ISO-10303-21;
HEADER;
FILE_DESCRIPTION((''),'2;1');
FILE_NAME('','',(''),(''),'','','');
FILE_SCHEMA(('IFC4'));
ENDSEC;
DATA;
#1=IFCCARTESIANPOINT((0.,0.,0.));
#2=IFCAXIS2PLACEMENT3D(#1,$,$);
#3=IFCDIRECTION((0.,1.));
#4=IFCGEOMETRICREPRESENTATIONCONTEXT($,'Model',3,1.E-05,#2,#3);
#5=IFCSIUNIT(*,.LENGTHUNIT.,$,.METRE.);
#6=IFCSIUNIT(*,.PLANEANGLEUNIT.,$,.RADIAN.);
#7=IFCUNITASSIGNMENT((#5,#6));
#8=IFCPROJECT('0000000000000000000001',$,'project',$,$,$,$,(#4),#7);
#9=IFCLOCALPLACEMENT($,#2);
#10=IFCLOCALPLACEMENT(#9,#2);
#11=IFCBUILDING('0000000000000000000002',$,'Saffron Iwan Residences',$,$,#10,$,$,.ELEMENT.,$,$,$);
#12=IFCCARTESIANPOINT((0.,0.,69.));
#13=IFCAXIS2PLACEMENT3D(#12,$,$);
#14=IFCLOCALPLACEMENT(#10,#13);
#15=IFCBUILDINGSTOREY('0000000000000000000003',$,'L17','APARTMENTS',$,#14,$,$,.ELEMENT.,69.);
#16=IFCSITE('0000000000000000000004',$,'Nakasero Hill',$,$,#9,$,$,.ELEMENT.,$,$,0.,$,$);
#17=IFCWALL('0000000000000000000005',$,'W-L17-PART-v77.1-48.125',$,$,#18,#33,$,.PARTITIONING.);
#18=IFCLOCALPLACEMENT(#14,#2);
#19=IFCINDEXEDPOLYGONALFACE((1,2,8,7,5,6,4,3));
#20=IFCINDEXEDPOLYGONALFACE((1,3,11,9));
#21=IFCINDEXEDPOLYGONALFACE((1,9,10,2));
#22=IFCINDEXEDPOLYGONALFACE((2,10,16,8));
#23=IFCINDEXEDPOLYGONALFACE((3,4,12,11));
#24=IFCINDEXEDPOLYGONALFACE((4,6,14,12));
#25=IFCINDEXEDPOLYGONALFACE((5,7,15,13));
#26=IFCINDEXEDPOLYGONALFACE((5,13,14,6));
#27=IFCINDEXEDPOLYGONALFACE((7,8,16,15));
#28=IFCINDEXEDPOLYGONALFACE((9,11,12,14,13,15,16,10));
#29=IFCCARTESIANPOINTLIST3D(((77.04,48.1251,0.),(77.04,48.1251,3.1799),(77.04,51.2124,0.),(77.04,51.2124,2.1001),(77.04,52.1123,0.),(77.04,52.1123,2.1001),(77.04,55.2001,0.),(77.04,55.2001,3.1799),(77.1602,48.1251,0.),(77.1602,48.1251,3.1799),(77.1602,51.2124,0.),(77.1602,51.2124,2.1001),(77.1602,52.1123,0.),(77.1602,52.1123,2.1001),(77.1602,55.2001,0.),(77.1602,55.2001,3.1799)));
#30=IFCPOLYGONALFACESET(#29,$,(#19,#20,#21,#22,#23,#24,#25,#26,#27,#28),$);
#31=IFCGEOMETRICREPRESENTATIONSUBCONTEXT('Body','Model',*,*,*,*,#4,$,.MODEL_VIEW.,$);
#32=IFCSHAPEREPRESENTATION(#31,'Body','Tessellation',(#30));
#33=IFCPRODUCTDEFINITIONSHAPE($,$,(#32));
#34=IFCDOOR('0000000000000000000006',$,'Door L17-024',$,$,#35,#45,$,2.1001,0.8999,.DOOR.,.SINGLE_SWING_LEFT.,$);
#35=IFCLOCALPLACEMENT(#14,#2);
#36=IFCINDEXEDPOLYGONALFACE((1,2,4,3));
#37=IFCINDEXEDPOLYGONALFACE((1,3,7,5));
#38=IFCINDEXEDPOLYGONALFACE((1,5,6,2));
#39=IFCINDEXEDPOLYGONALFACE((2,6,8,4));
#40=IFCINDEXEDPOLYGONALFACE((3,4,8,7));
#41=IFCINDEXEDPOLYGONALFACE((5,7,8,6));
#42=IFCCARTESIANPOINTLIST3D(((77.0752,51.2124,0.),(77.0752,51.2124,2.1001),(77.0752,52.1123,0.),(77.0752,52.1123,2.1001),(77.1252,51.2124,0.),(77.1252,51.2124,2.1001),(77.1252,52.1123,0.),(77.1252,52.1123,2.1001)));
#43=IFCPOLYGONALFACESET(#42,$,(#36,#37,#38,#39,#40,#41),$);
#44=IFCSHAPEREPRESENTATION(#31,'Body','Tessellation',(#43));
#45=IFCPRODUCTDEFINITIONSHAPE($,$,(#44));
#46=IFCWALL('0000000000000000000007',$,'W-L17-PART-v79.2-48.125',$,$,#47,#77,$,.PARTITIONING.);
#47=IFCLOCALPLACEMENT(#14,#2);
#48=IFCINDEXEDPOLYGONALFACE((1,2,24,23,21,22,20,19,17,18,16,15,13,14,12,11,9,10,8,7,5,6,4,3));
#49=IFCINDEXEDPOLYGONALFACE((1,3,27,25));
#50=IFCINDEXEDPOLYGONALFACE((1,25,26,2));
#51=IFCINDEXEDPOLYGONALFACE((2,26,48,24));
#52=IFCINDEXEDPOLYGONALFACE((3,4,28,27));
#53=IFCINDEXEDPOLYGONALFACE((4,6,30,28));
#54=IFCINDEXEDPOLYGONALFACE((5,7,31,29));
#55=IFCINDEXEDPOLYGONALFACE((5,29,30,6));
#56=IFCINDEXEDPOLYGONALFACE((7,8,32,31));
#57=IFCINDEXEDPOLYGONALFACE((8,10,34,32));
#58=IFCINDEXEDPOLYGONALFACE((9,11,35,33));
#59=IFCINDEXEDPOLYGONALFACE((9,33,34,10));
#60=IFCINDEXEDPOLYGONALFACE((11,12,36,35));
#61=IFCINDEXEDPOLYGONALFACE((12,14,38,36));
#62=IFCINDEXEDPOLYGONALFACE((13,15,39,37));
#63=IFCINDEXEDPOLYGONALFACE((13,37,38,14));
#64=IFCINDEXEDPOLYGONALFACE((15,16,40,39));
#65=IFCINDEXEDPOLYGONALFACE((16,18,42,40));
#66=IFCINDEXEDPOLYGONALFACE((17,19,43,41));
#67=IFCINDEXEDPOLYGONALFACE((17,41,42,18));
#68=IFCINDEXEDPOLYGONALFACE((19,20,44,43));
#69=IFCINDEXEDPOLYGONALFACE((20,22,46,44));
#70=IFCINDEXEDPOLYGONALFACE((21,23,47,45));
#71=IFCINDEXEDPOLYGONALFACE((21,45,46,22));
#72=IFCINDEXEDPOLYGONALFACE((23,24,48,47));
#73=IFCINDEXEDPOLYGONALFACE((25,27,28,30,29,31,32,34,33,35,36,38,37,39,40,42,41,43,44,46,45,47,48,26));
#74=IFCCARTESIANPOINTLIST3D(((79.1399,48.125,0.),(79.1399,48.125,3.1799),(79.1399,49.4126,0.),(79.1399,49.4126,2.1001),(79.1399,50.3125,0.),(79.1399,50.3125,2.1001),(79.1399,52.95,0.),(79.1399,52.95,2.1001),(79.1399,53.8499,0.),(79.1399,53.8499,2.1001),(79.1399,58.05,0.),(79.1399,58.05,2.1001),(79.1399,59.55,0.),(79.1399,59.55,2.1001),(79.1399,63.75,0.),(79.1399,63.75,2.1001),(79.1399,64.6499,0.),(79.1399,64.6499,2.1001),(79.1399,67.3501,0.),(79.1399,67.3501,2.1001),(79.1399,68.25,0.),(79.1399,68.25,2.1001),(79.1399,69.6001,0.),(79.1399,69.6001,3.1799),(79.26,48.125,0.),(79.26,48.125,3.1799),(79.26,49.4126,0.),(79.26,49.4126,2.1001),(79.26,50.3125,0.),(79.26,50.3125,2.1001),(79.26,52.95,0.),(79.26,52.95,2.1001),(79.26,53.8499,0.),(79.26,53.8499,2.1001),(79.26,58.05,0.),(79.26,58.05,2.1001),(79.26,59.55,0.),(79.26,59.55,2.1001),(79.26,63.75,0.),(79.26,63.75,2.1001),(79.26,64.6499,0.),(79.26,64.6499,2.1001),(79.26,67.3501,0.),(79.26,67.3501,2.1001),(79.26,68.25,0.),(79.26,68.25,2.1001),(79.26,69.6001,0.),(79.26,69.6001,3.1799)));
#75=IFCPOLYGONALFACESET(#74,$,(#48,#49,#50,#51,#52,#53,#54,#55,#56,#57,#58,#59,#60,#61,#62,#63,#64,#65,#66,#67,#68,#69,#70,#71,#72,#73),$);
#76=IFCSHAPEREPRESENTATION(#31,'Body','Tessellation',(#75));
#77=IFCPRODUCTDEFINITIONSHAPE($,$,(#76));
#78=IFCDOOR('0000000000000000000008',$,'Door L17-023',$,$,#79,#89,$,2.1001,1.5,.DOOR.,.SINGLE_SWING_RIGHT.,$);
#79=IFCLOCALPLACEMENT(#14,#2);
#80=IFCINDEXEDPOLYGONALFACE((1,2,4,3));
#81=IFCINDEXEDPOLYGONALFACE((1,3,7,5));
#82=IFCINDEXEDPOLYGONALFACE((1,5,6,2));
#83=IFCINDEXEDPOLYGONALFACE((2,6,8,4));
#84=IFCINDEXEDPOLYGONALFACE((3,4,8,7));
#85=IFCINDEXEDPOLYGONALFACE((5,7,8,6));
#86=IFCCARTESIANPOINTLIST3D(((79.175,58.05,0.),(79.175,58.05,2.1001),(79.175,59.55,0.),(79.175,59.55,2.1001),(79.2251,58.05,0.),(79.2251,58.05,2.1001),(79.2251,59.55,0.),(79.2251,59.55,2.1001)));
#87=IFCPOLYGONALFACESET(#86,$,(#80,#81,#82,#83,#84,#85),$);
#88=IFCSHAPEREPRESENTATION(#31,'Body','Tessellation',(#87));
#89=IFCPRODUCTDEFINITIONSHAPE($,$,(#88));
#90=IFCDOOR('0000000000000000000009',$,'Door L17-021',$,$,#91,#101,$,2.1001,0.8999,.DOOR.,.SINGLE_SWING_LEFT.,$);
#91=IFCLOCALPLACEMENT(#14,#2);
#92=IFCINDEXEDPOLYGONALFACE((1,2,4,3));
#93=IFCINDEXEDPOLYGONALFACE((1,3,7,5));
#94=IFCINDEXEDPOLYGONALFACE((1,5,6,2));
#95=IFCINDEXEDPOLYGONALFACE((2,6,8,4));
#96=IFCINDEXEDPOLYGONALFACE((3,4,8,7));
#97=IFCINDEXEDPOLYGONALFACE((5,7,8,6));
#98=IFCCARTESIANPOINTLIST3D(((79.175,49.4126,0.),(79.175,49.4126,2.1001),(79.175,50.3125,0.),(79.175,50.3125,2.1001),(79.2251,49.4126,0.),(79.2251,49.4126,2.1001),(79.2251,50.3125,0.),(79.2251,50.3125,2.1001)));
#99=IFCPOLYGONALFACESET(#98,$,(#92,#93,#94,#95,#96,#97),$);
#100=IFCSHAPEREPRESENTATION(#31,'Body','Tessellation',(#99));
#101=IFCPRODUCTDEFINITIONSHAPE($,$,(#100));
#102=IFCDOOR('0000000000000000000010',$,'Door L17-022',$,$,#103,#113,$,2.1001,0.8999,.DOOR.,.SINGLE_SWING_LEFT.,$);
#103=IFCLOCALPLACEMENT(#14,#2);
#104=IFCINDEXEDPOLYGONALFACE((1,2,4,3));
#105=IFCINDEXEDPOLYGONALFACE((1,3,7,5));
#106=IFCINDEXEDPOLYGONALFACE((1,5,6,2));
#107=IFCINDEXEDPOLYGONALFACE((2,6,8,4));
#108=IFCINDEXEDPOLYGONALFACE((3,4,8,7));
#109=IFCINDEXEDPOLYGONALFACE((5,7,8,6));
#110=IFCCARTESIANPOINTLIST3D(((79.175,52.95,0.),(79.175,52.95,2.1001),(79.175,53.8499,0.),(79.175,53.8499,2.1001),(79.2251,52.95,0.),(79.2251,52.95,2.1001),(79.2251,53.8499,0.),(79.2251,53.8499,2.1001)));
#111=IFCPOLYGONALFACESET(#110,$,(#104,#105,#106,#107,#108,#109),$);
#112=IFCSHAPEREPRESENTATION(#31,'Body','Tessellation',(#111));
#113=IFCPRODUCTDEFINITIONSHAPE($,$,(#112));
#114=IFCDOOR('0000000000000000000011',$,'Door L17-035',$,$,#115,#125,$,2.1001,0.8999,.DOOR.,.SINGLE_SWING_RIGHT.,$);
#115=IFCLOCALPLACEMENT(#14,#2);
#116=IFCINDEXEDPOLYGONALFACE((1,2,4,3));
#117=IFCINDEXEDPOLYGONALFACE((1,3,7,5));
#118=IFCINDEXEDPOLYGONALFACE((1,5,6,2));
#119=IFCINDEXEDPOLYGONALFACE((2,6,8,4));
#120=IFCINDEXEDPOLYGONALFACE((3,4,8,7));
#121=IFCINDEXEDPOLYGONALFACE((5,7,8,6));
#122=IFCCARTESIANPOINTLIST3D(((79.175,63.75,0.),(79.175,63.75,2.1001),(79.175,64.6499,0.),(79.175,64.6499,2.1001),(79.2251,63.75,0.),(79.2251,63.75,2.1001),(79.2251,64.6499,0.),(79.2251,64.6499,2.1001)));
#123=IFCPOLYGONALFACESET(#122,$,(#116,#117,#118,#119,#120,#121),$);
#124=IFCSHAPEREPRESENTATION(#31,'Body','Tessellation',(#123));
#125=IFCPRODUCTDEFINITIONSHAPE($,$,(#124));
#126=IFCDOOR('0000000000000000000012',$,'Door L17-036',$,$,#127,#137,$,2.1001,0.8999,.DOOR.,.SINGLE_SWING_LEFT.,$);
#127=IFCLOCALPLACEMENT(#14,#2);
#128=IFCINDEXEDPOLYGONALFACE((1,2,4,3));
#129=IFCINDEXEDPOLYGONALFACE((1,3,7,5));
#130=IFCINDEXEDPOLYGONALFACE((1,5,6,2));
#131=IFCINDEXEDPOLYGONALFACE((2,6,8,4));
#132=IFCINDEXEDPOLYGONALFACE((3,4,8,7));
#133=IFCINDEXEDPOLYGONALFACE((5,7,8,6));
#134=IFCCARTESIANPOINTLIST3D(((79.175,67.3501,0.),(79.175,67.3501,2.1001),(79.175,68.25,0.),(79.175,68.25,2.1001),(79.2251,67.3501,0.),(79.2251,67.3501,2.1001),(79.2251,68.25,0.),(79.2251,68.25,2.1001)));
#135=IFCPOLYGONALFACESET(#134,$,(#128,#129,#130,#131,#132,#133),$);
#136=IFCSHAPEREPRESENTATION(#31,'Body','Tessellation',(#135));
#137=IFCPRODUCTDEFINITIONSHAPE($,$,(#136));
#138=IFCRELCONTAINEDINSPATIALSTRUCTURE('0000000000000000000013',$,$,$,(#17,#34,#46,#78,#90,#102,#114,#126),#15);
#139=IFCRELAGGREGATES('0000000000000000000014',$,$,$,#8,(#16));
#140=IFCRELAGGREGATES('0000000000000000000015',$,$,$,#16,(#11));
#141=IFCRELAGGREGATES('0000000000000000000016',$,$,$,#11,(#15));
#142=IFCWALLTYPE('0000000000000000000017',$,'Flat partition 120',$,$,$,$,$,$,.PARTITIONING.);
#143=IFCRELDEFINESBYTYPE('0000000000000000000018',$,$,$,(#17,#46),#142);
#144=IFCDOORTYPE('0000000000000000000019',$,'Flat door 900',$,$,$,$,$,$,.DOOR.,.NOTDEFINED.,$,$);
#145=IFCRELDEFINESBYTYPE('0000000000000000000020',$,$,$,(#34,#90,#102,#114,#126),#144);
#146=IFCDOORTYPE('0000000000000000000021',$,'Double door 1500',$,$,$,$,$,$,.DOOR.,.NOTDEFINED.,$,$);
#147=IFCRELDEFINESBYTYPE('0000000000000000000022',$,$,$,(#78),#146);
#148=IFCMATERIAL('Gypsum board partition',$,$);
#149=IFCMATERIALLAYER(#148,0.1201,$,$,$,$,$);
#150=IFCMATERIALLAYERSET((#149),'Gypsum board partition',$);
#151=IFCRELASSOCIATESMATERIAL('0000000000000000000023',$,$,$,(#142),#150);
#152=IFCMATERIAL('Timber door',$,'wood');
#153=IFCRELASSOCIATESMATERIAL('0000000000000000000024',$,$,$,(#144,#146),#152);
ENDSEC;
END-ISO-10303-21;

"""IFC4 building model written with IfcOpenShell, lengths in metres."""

from ifc_helpers import new_model, si_unit, direction, frame, frame_2d, origin, place, context, subcontext, project, spatial, rectangle, extrude, material, layer, layer_set, type_object, element, fill, save


model = new_model("IFC4")

# Units and contexts
model_context = context("Model", 3, precision=1e-05, world=origin(), true_north=direction((0.0, 1.0)))
body_context = subcontext(model_context, "Body", "Model", "MODEL_VIEW")
ifc_project = project(units=[si_unit("LENGTHUNIT", "METRE"), si_unit("PLANEANGLEUNIT", "RADIAN")], contexts=[model_context])

# Site, building, storey
site_placement = place(None, origin())
site = spatial("IfcSite", under=ifc_project, at=site_placement, Name="Nakasero Hill", CompositionType="ELEMENT", RefElevation=0.0)
building_placement = place(site_placement, origin())
building = spatial("IfcBuilding", under=site, at=building_placement, Name="Saffron Iwan Residences", CompositionType="ELEMENT")
storey_placement = place(building_placement, frame((0.0, 0.0, 69.0)))
storey = spatial("IfcBuildingStorey", under=building, at=storey_placement, Name="L17", Description="APARTMENTS", CompositionType="ELEMENT", Elevation=69.0)

# Shared definitions
ifc_material_1 = material(Name="Gypsum board partition")
ifc_layer_1 = layer(ifc_material_1, 0.1201)
ifc_layer_set_1 = layer_set([ifc_layer_1], Name="Gypsum board partition")
wall_type_1 = type_object("IfcWallType", Name="Flat partition 120", PredefinedType="PARTITIONING", material=ifc_layer_set_1)
ifc_material_2 = material(Name="Timber door", Category="wood")
door_type_1 = type_object("IfcDoorType", Name="Flat door 900", OperationType="NOTDEFINED", PredefinedType="DOOR", material=ifc_material_2)

# Wall, opening, door
wall_1_placement = place(storey_placement, frame((77.1001, 48.125, 0.0), z_axis=(0.0, 0.0, 1.0), x_axis=(0.0, 1.0, 0.0)))
wall_1 = element("IfcWall", 1, at=wall_1_placement, inside=storey, type_object=wall_type_1, Name="W-L17-PART-v77.1-48.125", PredefinedType="PARTITIONING", context=body_context, shape_type="SweptSolid", body=[
    extrude(rectangle(XDim=7.075, YDim=0.1201, at=frame_2d((3.5376, 0.0))), origin(), (0.0, 0.0, 1.0), 3.1799),
])
opening_1_placement = place(wall_1_placement, frame((3.0874, 0.0, 0.0)))
opening_1 = element("IfcOpeningElement", 2, at=opening_1_placement, cuts=wall_1, PredefinedType="OPENING", context=body_context, shape_type="SweptSolid", body=[
    extrude(rectangle(XDim=0.8999, YDim=2.1001, at=frame_2d((0.45, 1.05))), frame((0.0, 0.0701, 0.0), z_axis=(0.0, -1.0, 0.0), x_axis=(1.0, 0.0, 0.0)), (0.0, 0.0, 1.0), 0.1401),
])
door_1_placement = place(opening_1_placement, origin())
door_1 = element("IfcDoor", 3, at=door_1_placement, inside=storey, type_object=door_type_1, Name="Door L17-024", OperationType="SINGLE_SWING_LEFT", OverallHeight=2.1001, OverallWidth=0.8999, PredefinedType="DOOR", context=body_context, shape_type="SweptSolid", body=[
    extrude(rectangle(XDim=0.8999, YDim=2.1001, at=frame_2d((0.45, 1.05))), frame((0.0, 0.0249, 0.0), z_axis=(0.0, -1.0, 0.0), x_axis=(1.0, 0.0, 0.0)), (0.0, 0.0, 1.0), 0.05),
])
fill(opening_1, door_1)

# Wall, openings, doors
wall_2_placement = place(storey_placement, frame((79.2, 48.125, 0.0), z_axis=(0.0, 0.0, 1.0), x_axis=(0.0, 1.0, 0.0)))
wall_2 = element("IfcWall", 4, at=wall_2_placement, inside=storey, type_object=wall_type_1, Name="W-L17-PART-v79.2-48.125", PredefinedType="PARTITIONING", context=body_context, shape_type="SweptSolid", body=[
    extrude(rectangle(XDim=21.4751, YDim=0.1201, at=frame_2d((10.7375, 0.0))), origin(), (0.0, 0.0, 1.0), 3.1799),
])
opening_2_placement = place(wall_2_placement, frame((1.2876, 0.0, 0.0)))
opening_2 = element("IfcOpeningElement", 5, at=opening_2_placement, cuts=wall_2, PredefinedType="OPENING", context=body_context, shape_type="SweptSolid", body=[
    extrude(rectangle(XDim=0.8999, YDim=2.1001, at=frame_2d((0.45, 1.05))), frame((0.0, 0.0701, 0.0), z_axis=(0.0, -1.0, 0.0), x_axis=(1.0, 0.0, 0.0)), (0.0, 0.0, 1.0), 0.1401),
])
opening_3_placement = place(wall_2_placement, frame((4.825, 0.0, 0.0)))
opening_3 = element("IfcOpeningElement", 6, at=opening_3_placement, cuts=wall_2, PredefinedType="OPENING", context=body_context, shape_type="SweptSolid", body=[
    extrude(rectangle(XDim=0.8999, YDim=2.1001, at=frame_2d((0.45, 1.05))), frame((0.0, 0.0701, 0.0), z_axis=(0.0, -1.0, 0.0), x_axis=(1.0, 0.0, 0.0)), (0.0, 0.0, 1.0), 0.1401),
])
opening_4_placement = place(wall_2_placement, frame((9.925, 0.0, 0.0)))
opening_4 = element("IfcOpeningElement", 7, at=opening_4_placement, cuts=wall_2, PredefinedType="OPENING", context=body_context, shape_type="SweptSolid", body=[
    extrude(rectangle(XDim=1.5, YDim=2.1001, at=frame_2d((0.75, 1.05))), frame((0.0, 0.0701, 0.0), z_axis=(0.0, -1.0, 0.0), x_axis=(1.0, 0.0, 0.0)), (0.0, 0.0, 1.0), 0.1401),
])
opening_5_placement = place(wall_2_placement, frame((15.625, 0.0, 0.0)))
opening_5 = element("IfcOpeningElement", 8, at=opening_5_placement, cuts=wall_2, PredefinedType="OPENING", context=body_context, shape_type="SweptSolid", body=[
    extrude(rectangle(XDim=0.8999, YDim=2.1001, at=frame_2d((0.45, 1.05))), frame((0.0, 0.0701, 0.0), z_axis=(0.0, -1.0, 0.0), x_axis=(1.0, 0.0, 0.0)), (0.0, 0.0, 1.0), 0.1401),
])
opening_6_placement = place(wall_2_placement, frame((19.2251, 0.0, 0.0)))
opening_6 = element("IfcOpeningElement", 9, at=opening_6_placement, cuts=wall_2, PredefinedType="OPENING", context=body_context, shape_type="SweptSolid", body=[
    extrude(rectangle(XDim=0.8999, YDim=2.1001, at=frame_2d((0.45, 1.05))), frame((0.0, 0.0701, 0.0), z_axis=(0.0, -1.0, 0.0), x_axis=(1.0, 0.0, 0.0)), (0.0, 0.0, 1.0), 0.1401),
])
door_type_2 = type_object("IfcDoorType", Name="Double door 1500", OperationType="NOTDEFINED", PredefinedType="DOOR", material=ifc_material_2)
door_2_placement = place(opening_4_placement, origin())
door_2 = element("IfcDoor", 10, at=door_2_placement, inside=storey, type_object=door_type_2, Name="Door L17-023", OperationType="SINGLE_SWING_RIGHT", OverallHeight=2.1001, OverallWidth=1.5, PredefinedType="DOOR", context=body_context, shape_type="SweptSolid", body=[
    extrude(rectangle(XDim=1.5, YDim=2.1001, at=frame_2d((0.75, 1.05))), frame((0.0, 0.0249, 0.0), z_axis=(0.0, -1.0, 0.0), x_axis=(1.0, 0.0, 0.0)), (0.0, 0.0, 1.0), 0.05),
])
fill(opening_4, door_2)
door_3_placement = place(opening_2_placement, origin())
door_3 = element("IfcDoor", 11, at=door_3_placement, inside=storey, type_object=door_type_1, Name="Door L17-021", OperationType="SINGLE_SWING_LEFT", OverallHeight=2.1001, OverallWidth=0.8999, PredefinedType="DOOR", context=body_context, shape_type="SweptSolid", body=[
    extrude(rectangle(XDim=0.8999, YDim=2.1001, at=frame_2d((0.45, 1.05))), frame((0.0, 0.0249, 0.0), z_axis=(0.0, -1.0, 0.0), x_axis=(1.0, 0.0, 0.0)), (0.0, 0.0, 1.0), 0.05),
])
fill(opening_2, door_3)
door_4_placement = place(opening_3_placement, origin())
door_4 = element("IfcDoor", 12, at=door_4_placement, inside=storey, type_object=door_type_1, Name="Door L17-022", OperationType="SINGLE_SWING_LEFT", OverallHeight=2.1001, OverallWidth=0.8999, PredefinedType="DOOR", context=body_context, shape_type="SweptSolid", body=[
    extrude(rectangle(XDim=0.8999, YDim=2.1001, at=frame_2d((0.45, 1.05))), frame((0.0, 0.0249, 0.0), z_axis=(0.0, -1.0, 0.0), x_axis=(1.0, 0.0, 0.0)), (0.0, 0.0, 1.0), 0.05),
])
fill(opening_3, door_4)
door_5_placement = place(opening_5_placement, origin())
door_5 = element("IfcDoor", 13, at=door_5_placement, inside=storey, type_object=door_type_1, Name="Door L17-035", OperationType="SINGLE_SWING_RIGHT", OverallHeight=2.1001, OverallWidth=0.8999, PredefinedType="DOOR", context=body_context, shape_type="SweptSolid", body=[
    extrude(rectangle(XDim=0.8999, YDim=2.1001, at=frame_2d((0.45, 1.05))), frame((0.0, 0.0249, 0.0), z_axis=(0.0, -1.0, 0.0), x_axis=(1.0, 0.0, 0.0)), (0.0, 0.0, 1.0), 0.05),
])
fill(opening_5, door_5)
door_6_placement = place(opening_6_placement, origin())
door_6 = element("IfcDoor", 14, at=door_6_placement, inside=storey, type_object=door_type_1, Name="Door L17-036", OperationType="SINGLE_SWING_LEFT", OverallHeight=2.1001, OverallWidth=0.8999, PredefinedType="DOOR", context=body_context, shape_type="SweptSolid", body=[
    extrude(rectangle(XDim=0.8999, YDim=2.1001, at=frame_2d((0.45, 1.05))), frame((0.0, 0.0249, 0.0), z_axis=(0.0, -1.0, 0.0), x_axis=(1.0, 0.0, 0.0)), (0.0, 0.0, 1.0), 0.05),
])
fill(opening_6, door_6)

save(model, "model.ifc")
